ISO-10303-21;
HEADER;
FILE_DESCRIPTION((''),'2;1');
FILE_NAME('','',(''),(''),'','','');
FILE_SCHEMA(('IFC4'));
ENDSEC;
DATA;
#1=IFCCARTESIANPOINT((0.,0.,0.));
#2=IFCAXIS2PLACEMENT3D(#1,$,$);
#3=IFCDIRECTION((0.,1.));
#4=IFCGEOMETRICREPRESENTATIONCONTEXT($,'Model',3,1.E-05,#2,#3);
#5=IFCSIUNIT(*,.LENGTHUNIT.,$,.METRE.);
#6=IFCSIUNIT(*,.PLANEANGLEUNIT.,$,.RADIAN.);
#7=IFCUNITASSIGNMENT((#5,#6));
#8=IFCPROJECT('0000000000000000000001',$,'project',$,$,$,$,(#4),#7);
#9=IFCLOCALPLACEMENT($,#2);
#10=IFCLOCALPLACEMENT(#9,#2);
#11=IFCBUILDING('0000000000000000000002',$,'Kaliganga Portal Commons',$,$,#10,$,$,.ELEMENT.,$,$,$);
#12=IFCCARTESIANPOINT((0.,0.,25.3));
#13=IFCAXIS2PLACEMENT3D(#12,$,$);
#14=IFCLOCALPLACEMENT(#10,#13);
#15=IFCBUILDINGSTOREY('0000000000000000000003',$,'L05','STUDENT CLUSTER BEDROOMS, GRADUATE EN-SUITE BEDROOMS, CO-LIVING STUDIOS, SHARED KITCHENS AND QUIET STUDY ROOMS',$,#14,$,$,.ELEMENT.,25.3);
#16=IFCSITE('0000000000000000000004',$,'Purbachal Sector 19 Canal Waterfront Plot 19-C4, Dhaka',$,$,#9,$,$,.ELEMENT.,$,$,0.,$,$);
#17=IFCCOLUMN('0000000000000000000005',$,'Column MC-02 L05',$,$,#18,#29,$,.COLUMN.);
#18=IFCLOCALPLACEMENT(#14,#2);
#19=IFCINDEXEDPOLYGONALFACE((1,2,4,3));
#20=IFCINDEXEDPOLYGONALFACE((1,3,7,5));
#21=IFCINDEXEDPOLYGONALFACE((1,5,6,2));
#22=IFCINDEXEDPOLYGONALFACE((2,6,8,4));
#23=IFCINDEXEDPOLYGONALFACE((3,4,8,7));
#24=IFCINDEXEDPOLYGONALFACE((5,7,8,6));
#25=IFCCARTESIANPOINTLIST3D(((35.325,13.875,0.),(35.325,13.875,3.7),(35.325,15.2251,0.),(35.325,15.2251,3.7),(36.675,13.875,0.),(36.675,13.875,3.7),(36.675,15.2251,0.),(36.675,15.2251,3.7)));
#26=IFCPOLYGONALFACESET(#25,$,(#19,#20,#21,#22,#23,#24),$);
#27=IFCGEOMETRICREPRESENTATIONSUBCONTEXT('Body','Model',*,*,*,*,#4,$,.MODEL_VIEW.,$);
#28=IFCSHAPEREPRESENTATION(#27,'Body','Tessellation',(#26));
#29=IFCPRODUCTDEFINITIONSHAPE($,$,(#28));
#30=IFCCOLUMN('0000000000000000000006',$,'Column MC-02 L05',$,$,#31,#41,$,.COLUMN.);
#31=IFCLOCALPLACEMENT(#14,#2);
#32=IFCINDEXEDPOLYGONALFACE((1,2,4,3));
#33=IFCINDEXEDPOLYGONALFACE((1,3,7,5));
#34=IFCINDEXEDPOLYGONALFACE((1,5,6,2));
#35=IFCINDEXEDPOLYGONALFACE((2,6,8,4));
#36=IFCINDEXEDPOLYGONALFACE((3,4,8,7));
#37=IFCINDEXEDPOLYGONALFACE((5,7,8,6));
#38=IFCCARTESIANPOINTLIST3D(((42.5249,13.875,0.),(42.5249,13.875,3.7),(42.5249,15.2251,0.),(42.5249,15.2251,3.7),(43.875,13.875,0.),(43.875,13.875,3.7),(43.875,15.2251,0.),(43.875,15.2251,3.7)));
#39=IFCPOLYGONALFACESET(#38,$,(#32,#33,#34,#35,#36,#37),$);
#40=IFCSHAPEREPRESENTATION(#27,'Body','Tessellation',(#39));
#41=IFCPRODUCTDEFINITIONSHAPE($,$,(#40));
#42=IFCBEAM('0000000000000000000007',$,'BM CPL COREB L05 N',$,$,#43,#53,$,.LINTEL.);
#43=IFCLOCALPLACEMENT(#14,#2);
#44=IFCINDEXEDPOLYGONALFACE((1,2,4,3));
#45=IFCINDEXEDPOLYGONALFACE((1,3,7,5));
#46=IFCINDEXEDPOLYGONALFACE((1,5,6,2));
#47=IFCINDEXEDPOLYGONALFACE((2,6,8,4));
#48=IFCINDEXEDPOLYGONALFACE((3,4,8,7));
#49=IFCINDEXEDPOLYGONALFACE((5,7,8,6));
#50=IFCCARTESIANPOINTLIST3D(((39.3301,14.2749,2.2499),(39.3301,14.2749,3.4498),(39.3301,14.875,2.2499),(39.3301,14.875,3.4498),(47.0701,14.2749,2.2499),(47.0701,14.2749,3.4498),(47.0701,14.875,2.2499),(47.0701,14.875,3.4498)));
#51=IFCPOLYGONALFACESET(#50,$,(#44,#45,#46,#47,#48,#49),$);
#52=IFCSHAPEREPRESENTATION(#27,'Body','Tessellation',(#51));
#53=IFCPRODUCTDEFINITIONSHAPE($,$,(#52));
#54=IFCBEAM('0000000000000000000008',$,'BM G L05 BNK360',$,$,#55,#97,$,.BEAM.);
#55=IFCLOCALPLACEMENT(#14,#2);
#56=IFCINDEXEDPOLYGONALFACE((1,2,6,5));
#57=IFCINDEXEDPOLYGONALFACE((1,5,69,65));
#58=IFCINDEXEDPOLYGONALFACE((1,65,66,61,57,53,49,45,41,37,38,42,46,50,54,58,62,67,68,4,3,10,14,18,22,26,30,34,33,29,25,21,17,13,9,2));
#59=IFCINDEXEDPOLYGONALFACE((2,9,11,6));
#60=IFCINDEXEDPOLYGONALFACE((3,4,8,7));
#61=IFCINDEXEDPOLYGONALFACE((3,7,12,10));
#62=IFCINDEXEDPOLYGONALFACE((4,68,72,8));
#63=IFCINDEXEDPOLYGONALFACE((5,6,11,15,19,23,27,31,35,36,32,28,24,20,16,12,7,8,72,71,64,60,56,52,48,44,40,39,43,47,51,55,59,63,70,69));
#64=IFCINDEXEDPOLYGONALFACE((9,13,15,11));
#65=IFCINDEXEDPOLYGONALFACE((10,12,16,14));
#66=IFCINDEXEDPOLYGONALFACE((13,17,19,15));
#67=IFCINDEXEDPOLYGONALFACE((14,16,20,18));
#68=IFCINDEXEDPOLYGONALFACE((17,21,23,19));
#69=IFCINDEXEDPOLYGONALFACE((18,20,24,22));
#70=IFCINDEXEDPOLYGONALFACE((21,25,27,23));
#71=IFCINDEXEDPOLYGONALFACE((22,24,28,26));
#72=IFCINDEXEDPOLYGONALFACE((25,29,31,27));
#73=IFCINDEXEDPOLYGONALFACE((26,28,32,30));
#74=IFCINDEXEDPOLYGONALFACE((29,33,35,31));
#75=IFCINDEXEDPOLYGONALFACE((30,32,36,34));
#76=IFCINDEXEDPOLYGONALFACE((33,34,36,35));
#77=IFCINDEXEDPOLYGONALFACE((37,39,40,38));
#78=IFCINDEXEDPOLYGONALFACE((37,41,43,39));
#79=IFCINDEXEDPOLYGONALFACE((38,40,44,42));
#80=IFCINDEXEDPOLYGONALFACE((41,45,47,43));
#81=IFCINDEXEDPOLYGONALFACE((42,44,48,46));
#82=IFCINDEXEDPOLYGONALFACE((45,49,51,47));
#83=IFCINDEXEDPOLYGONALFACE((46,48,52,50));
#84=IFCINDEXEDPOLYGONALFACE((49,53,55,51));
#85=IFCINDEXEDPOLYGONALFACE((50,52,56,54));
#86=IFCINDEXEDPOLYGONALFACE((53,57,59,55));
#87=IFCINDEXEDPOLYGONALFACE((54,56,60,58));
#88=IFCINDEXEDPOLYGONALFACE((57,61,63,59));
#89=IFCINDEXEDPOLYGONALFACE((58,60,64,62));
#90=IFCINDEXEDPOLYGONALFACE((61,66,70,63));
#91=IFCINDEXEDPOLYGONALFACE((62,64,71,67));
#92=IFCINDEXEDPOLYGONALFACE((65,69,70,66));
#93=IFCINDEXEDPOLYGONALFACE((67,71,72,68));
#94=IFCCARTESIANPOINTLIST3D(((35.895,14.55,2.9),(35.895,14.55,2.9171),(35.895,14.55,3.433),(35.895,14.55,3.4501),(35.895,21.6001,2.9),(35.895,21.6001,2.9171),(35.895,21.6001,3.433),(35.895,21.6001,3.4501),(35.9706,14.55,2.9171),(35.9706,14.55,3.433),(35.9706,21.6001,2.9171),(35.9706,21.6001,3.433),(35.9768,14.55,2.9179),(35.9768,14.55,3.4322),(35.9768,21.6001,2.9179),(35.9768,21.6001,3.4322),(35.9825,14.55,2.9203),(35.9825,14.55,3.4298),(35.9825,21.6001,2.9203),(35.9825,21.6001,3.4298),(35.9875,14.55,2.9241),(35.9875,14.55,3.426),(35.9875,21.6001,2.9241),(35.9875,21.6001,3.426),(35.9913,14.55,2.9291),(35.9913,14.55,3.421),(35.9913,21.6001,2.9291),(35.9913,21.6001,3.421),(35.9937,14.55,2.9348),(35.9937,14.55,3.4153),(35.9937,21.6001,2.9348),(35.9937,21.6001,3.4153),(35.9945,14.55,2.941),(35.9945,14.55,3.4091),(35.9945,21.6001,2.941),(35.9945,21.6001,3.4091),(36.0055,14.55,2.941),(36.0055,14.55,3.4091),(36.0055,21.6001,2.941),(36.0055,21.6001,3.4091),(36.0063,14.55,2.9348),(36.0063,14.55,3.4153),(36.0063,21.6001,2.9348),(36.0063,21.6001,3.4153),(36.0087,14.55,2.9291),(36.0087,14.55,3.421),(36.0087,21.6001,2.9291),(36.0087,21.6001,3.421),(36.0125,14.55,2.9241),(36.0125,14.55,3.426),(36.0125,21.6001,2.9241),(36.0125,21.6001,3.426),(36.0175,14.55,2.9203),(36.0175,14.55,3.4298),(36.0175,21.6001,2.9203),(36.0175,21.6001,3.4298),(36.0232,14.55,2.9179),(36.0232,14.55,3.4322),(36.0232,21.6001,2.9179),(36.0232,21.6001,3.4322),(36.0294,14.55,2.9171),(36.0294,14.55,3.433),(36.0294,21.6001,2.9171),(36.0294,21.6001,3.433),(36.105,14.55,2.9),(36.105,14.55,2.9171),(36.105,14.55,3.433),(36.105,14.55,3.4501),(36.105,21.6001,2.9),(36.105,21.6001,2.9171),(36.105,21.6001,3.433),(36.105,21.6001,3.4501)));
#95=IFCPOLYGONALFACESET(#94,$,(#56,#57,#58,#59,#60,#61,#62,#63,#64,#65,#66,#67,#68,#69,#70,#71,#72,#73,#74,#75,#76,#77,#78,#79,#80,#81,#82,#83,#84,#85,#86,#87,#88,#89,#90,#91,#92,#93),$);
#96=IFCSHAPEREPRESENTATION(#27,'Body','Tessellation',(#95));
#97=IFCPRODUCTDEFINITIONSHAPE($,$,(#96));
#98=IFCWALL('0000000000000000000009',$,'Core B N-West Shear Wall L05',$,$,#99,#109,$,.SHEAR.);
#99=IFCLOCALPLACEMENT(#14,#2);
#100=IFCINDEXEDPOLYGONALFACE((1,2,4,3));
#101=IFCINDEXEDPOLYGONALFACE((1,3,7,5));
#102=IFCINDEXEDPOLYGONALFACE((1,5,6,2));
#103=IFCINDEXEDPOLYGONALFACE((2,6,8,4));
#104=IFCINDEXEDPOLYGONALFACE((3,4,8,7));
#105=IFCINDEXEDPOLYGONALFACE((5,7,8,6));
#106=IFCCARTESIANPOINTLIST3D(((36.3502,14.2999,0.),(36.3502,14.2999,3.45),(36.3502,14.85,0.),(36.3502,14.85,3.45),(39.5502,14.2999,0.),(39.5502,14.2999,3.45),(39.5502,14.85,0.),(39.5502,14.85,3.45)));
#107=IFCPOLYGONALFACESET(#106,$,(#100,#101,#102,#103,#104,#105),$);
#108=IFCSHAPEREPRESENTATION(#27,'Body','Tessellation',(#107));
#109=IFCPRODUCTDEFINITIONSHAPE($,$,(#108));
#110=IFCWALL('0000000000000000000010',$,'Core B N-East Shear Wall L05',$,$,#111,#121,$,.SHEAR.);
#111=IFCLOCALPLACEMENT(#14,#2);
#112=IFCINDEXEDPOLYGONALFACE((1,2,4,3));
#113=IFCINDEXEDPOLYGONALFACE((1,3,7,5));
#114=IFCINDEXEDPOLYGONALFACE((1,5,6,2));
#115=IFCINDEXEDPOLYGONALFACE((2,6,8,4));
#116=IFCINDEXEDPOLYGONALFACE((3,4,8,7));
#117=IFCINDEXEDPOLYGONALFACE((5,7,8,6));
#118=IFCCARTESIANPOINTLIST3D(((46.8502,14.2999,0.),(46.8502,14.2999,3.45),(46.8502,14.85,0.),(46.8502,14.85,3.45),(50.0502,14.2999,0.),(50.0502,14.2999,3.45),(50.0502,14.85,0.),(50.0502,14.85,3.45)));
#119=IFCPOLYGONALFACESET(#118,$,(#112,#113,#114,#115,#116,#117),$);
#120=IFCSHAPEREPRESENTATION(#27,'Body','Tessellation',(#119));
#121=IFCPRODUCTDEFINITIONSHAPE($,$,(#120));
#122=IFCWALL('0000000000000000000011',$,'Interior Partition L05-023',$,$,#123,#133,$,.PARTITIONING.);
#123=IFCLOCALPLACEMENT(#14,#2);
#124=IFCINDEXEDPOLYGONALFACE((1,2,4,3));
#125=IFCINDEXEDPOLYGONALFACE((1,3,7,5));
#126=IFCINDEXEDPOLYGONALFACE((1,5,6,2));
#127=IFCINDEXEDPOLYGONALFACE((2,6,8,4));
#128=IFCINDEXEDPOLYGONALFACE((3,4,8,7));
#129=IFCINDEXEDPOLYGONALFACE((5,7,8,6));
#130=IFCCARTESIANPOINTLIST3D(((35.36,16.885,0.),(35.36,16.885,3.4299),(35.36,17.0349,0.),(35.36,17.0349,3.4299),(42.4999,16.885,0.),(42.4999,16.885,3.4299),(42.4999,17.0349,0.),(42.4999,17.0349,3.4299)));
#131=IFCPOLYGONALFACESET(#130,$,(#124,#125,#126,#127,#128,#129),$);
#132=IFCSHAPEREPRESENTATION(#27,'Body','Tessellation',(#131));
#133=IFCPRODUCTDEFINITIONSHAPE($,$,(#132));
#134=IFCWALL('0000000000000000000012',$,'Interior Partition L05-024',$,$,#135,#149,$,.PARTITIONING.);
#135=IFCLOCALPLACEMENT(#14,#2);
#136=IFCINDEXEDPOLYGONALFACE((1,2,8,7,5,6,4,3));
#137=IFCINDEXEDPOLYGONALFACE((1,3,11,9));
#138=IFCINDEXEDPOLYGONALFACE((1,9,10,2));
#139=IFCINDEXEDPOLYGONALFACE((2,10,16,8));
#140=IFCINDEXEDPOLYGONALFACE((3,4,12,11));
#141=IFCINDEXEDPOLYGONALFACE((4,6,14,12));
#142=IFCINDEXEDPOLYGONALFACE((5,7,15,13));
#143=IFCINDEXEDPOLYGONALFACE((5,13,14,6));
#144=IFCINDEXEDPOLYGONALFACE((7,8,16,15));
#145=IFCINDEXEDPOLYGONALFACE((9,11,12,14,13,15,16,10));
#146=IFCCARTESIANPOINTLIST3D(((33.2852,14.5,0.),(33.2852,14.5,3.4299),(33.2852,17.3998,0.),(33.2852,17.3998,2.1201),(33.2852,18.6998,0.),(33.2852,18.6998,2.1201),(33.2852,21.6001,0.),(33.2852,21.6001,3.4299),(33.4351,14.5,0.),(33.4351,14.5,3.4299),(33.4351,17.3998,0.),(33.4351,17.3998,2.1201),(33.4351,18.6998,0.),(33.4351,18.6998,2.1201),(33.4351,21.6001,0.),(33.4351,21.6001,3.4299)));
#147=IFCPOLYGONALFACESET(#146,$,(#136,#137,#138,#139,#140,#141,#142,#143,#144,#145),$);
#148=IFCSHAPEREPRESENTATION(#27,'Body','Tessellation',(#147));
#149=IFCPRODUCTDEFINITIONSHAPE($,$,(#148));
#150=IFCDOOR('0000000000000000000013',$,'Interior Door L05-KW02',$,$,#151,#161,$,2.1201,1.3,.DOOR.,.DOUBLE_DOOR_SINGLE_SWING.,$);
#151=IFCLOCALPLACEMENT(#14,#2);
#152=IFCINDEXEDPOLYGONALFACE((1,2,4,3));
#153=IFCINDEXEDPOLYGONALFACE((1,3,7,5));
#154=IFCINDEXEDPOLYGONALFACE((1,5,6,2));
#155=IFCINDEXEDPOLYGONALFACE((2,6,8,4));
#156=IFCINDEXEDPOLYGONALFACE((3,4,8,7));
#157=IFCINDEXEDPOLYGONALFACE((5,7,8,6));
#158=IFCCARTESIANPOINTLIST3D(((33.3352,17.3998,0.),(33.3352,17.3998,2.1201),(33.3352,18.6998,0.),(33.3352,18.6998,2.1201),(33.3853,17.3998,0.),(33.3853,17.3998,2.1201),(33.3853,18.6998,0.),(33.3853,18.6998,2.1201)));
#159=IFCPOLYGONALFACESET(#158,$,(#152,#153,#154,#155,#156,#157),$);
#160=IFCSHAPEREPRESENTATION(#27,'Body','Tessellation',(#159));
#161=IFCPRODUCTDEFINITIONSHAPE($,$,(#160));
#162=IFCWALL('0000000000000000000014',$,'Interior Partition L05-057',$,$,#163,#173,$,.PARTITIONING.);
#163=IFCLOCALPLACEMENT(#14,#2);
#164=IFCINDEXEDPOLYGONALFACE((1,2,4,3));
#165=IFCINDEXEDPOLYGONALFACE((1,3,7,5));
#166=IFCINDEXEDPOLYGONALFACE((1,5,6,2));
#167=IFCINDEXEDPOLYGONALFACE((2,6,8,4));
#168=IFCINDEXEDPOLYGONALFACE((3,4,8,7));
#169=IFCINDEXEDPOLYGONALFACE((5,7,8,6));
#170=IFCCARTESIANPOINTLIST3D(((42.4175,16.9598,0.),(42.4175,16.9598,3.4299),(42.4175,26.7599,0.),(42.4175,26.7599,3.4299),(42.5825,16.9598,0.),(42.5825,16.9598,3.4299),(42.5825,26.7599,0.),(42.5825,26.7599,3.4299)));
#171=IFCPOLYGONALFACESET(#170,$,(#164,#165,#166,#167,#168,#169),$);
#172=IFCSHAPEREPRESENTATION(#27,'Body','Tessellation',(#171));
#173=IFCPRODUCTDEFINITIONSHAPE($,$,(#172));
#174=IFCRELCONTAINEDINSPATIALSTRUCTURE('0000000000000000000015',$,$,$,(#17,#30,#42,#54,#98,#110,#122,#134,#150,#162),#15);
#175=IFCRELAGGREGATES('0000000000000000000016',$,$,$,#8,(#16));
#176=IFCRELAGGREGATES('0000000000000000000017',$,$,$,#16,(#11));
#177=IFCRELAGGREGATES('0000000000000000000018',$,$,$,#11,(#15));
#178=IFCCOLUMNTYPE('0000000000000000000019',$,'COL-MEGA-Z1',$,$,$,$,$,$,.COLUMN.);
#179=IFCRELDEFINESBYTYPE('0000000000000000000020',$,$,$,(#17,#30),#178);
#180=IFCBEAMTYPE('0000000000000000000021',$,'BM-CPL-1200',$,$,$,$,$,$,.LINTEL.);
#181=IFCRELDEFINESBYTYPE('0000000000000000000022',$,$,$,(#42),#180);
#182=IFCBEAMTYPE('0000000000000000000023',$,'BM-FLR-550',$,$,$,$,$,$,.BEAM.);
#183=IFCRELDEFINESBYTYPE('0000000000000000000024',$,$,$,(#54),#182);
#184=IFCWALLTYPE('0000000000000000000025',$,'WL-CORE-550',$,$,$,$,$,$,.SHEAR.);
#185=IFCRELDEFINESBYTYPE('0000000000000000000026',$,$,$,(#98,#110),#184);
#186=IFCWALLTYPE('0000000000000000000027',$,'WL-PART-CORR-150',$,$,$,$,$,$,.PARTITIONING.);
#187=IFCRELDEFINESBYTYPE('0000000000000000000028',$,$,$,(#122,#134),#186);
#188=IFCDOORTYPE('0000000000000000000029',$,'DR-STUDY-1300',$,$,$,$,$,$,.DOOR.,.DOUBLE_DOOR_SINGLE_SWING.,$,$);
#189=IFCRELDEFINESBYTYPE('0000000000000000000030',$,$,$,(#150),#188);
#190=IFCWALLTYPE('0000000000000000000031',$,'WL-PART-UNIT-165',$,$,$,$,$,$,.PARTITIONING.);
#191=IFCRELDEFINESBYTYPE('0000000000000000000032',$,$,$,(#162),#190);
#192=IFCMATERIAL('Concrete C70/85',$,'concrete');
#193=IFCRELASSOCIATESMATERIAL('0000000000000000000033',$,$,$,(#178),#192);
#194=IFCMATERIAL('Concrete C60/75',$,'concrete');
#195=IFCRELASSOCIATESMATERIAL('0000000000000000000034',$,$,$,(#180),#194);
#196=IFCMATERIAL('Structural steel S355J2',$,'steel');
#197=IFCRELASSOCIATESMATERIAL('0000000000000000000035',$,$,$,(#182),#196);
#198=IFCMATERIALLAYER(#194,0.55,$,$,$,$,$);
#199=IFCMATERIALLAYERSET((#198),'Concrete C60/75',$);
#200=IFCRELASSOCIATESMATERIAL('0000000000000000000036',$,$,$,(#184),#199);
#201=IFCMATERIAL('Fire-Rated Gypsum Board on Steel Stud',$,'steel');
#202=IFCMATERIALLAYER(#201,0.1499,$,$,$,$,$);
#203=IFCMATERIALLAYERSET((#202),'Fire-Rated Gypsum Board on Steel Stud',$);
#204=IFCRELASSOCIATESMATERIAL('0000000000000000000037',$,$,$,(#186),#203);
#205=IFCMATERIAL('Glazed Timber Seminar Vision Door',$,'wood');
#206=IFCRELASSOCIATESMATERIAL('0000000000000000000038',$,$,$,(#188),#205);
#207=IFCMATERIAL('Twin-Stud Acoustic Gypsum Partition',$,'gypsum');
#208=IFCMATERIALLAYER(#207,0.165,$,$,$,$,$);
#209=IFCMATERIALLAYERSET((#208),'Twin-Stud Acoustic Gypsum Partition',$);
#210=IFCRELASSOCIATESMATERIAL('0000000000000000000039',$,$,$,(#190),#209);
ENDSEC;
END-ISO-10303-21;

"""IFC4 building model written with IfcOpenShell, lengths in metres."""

from ifc_helpers import new_model, si_unit, direction, frame, frame_2d, origin, origin_2d, place, context, subcontext, project, spatial, rectangle, i_section, extrude, source, transform, mapped, material, layer, layer_set, material_profile, profile_set, type_object, element, fill, save


model = new_model("IFC4")

# Units and contexts
model_context = context("Model", 3, precision=1e-05, world=origin(), true_north=direction((0.0, 1.0)))
body_context = subcontext(model_context, "Body", "Model", "MODEL_VIEW")
ifc_project = project(units=[si_unit("LENGTHUNIT", "METRE"), si_unit("PLANEANGLEUNIT", "RADIAN")], contexts=[model_context])

# Site, building, storey
site_placement = place(None, origin())
site = spatial("IfcSite", under=ifc_project, at=site_placement, Name="Purbachal Sector 19 Canal Waterfront Plot 19-C4, Dhaka", CompositionType="ELEMENT", RefElevation=0.0)
building_placement = place(site_placement, origin())
building = spatial("IfcBuilding", under=site, at=building_placement, Name="Kaliganga Portal Commons", CompositionType="ELEMENT")
storey_placement = place(building_placement, frame((0.0, 0.0, 25.3)))
storey = spatial("IfcBuildingStorey", under=building, at=storey_placement, Name="L05", Description="STUDENT CLUSTER BEDROOMS, GRADUATE EN-SUITE BEDROOMS, CO-LIVING STUDIOS, SHARED KITCHENS AND QUIET STUDY ROOMS", CompositionType="ELEMENT", Elevation=25.3)

# Columns
ifc_material_1 = material(Name="Concrete C70/85", Category="concrete")
ifc_material_profile_1 = material_profile(ifc_material_1, rectangle(XDim=1.3501, YDim=1.3501, at=origin_2d()), Name="RC 1350x1350")
ifc_profile_set_1 = profile_set([ifc_material_profile_1], Name="Concrete C70/85")
column_type = type_object("IfcColumnType", Name="COL-MEGA-Z1", PredefinedType="COLUMN", material=ifc_profile_set_1)
shared_shape_1 = source(origin(), body_context, "Body", "SweptSolid", [
    extrude(rectangle(XDim=1.3501, YDim=1.3501, at=origin_2d()), origin(), (0.0, 0.0, 1.0), 3.7),
])
for number, where, z_axis, x_axis, name in (
    (1, (36.0, 14.55, 0.0), (0.0, 0.0, 1.0), (1.0, 0.0, 0.0), "Column MC-02 L05"),
    (2, (43.2, 14.55, 0.0), (0.0, 0.0, 1.0), (1.0, 0.0, 0.0), "Column MC-02 L05"),
):
    element("IfcColumn", number, at=place(storey_placement, frame(where, z_axis=z_axis, x_axis=x_axis)), inside=storey, type_object=column_type, Name=name, PredefinedType="COLUMN", context=body_context, shape_type="MappedRepresentation", body=[
        mapped(shared_shape_1, transform((0.0, 0.0, 0.0), x_axis=(1.0, 0.0, 0.0), y_axis=(0.0, 1.0, 0.0), z_axis=(0.0, 0.0, 1.0), scale=1.0)),
    ])

# Beams
ifc_material_2 = material(Name="Concrete C60/75", Category="concrete")
ifc_material_profile_2 = material_profile(ifc_material_2, rectangle(XDim=0.6001, YDim=1.2, at=origin_2d()), Name="RC 600x1200")
ifc_profile_set_2 = profile_set([ifc_material_profile_2], Name="Concrete C60/75")
beam_type_1 = type_object("IfcBeamType", Name="BM-CPL-1200", PredefinedType="LINTEL", material=ifc_profile_set_2)
shared_shape_2 = source(origin(), body_context, "Body", "SweptSolid", [
    extrude(rectangle(XDim=0.6001, YDim=1.2, at=origin_2d()), origin(), (0.0, 0.0, 1.0), 7.74),
])
beam_1_placement = place(storey_placement, frame((39.3301, 14.575, 2.8499), z_axis=(1.0, 0.0, 0.0), x_axis=(0.0, 1.0, 0.0)))
element("IfcBeam", 3, at=beam_1_placement, inside=storey, type_object=beam_type_1, Name="BM CPL COREB L05 N", PredefinedType="LINTEL", context=body_context, shape_type="MappedRepresentation", body=[
    mapped(shared_shape_2, transform((0.0, 0.0, 0.0), x_axis=(1.0, 0.0, 0.0), y_axis=(0.0, 1.0, 0.0), z_axis=(0.0, 0.0, 1.0), scale=1.0)),
])
ifc_material_3 = material(Name="Structural steel S355J2", Category="steel")
ifc_material_profile_3 = material_profile(ifc_material_3, i_section(OverallWidth=0.21, OverallDepth=0.55, WebThickness=0.011, FlangeThickness=0.0171, FilletRadius=0.0239, at=origin_2d()), Name="IPE 550")
ifc_profile_set_3 = profile_set([ifc_material_profile_3], Name="Structural steel S355J2 wide-flange")
beam_type_2 = type_object("IfcBeamType", Name="BM-FLR-550", PredefinedType="BEAM", material=ifc_profile_set_3)
shared_shape_3 = source(origin(), body_context, "Body", "SweptSolid", [
    extrude(i_section(OverallWidth=0.21, OverallDepth=0.55, WebThickness=0.011, FlangeThickness=0.0171, FilletRadius=0.0239, at=origin_2d()), origin(), (0.0, 0.0, 1.0), 7.05),
])
beam_2_placement = place(storey_placement, frame((36.0, 14.55, 3.175), z_axis=(0.0, 1.0, 0.0), x_axis=(-1.0, 0.0, 0.0)))
element("IfcBeam", 4, at=beam_2_placement, inside=storey, type_object=beam_type_2, Name="BM G L05 BNK360", PredefinedType="BEAM", context=body_context, shape_type="MappedRepresentation", body=[
    mapped(shared_shape_3, transform((0.0, 0.0, 0.0), x_axis=(1.0, 0.0, 0.0), y_axis=(0.0, 1.0, 0.0), z_axis=(0.0, 0.0, 1.0), scale=1.0)),
])

# Walls
ifc_layer_1 = layer(ifc_material_2, 0.55)
ifc_layer_set_1 = layer_set([ifc_layer_1], Name="Concrete C60/75")
wall_type_1 = type_object("IfcWallType", Name="WL-CORE-550", PredefinedType="SHEAR", material=ifc_layer_set_1)
for number, where, z_axis, x_axis, name in (
    (5, (36.3501, 14.575, 0.0), (0.0, 0.0, 1.0), (1.0, 0.0, 0.0), "Core B N-West Shear Wall L05"),
    (6, (46.8501, 14.575, 0.0), (0.0, 0.0, 1.0), (1.0, 0.0, 0.0), "Core B N-East Shear Wall L05"),
):
    element("IfcWall", number, at=place(storey_placement, frame(where, z_axis=z_axis, x_axis=x_axis)), inside=storey, type_object=wall_type_1, Name=name, PredefinedType="SHEAR", context=body_context, shape_type="SweptSolid", body=[
        extrude(rectangle(XDim=3.2, YDim=0.55, at=frame_2d((1.6001, 0.0))), origin(), (0.0, 0.0, 1.0), 3.45),
    ])

# Shared definitions
ifc_material_4 = material(Name="Fire-Rated Gypsum Board on Steel Stud", Category="steel")
ifc_layer_2 = layer(ifc_material_4, 0.1499)
ifc_layer_set_2 = layer_set([ifc_layer_2], Name="Fire-Rated Gypsum Board on Steel Stud")
wall_type_2 = type_object("IfcWallType", Name="WL-PART-CORR-150", PredefinedType="PARTITIONING", material=ifc_layer_set_2)
ifc_material_5 = material(Name="Glazed Timber Seminar Vision Door", Category="wood")
door_type_1 = type_object("IfcDoorType", Name="DR-STUDY-1300", OperationType="DOUBLE_DOOR_SINGLE_SWING", PredefinedType="DOOR", material=ifc_material_5)

# Wall
wall_1_placement = place(storey_placement, frame((35.3601, 16.96, 0.0), z_axis=(0.0, 0.0, 1.0), x_axis=(1.0, 0.0, 0.0)))
element("IfcWall", 7, at=wall_1_placement, inside=storey, type_object=wall_type_2, Name="Interior Partition L05-023", PredefinedType="PARTITIONING", context=body_context, shape_type="SweptSolid", body=[
    extrude(rectangle(XDim=7.1399, YDim=0.1499, at=frame_2d((3.5698, 0.0))), origin(), (0.0, 0.0, 1.0), 3.4299),
])

# Wall, opening, door
wall_2_placement = place(storey_placement, frame((33.3601, 14.5, 0.0), z_axis=(0.0, 0.0, 1.0), x_axis=(0.0, 1.0, 0.0)))
wall_2 = element("IfcWall", 8, at=wall_2_placement, inside=storey, type_object=wall_type_2, Name="Interior Partition L05-024", PredefinedType="PARTITIONING", context=body_context, shape_type="SweptSolid", body=[
    extrude(rectangle(XDim=7.1001, YDim=0.1499, at=frame_2d((3.55, 0.0))), origin(), (0.0, 0.0, 1.0), 3.4299),
])
opening_1_placement = place(wall_2_placement, frame((2.8999, 0.0, 0.0)))
opening_1 = element("IfcOpeningElement", 9, at=opening_1_placement, cuts=wall_2, PredefinedType="OPENING", context=body_context, shape_type="SweptSolid", body=[
    extrude(rectangle(XDim=1.3, YDim=2.1201, at=frame_2d((0.6499, 1.0601))), frame((0.0, 0.085, 0.0), z_axis=(0.0, -1.0, 0.0), x_axis=(1.0, 0.0, 0.0)), (0.0, 0.0, 1.0), 0.1699),
])
door_1_placement = place(opening_1_placement, origin())
door_1 = element("IfcDoor", 10, at=door_1_placement, inside=storey, type_object=door_type_1, Name="Interior Door L05-KW02", OperationType="DOUBLE_DOOR_SINGLE_SWING", OverallHeight=2.1201, OverallWidth=1.3, PredefinedType="DOOR", context=body_context, shape_type="SweptSolid", body=[
    extrude(rectangle(XDim=1.3, YDim=2.1201, at=frame_2d((0.6499, 1.0601))), frame((0.0, 0.0249, 0.0), z_axis=(0.0, -1.0, 0.0), x_axis=(1.0, 0.0, 0.0)), (0.0, 0.0, 1.0), 0.05),
])
fill(opening_1, door_1)

# Wall
ifc_material_6 = material(Name="Twin-Stud Acoustic Gypsum Partition", Category="gypsum")
ifc_layer_3 = layer(ifc_material_6, 0.165)
ifc_layer_set_3 = layer_set([ifc_layer_3], Name="Twin-Stud Acoustic Gypsum Partition")
wall_type_3 = type_object("IfcWallType", Name="WL-PART-UNIT-165", PredefinedType="PARTITIONING", material=ifc_layer_set_3)
wall_3_placement = place(storey_placement, frame((42.5, 16.96, 0.0), z_axis=(0.0, 0.0, 1.0), x_axis=(0.0, 1.0, 0.0)))
element("IfcWall", 11, at=wall_3_placement, inside=storey, type_object=wall_type_3, Name="Interior Partition L05-057", PredefinedType="PARTITIONING", context=body_context, shape_type="SweptSolid", body=[
    extrude(rectangle(XDim=9.8, YDim=0.165, at=frame_2d((4.8999, 0.0))), origin(), (0.0, 0.0, 1.0), 3.4299),
])

save(model, "model.ifc")
